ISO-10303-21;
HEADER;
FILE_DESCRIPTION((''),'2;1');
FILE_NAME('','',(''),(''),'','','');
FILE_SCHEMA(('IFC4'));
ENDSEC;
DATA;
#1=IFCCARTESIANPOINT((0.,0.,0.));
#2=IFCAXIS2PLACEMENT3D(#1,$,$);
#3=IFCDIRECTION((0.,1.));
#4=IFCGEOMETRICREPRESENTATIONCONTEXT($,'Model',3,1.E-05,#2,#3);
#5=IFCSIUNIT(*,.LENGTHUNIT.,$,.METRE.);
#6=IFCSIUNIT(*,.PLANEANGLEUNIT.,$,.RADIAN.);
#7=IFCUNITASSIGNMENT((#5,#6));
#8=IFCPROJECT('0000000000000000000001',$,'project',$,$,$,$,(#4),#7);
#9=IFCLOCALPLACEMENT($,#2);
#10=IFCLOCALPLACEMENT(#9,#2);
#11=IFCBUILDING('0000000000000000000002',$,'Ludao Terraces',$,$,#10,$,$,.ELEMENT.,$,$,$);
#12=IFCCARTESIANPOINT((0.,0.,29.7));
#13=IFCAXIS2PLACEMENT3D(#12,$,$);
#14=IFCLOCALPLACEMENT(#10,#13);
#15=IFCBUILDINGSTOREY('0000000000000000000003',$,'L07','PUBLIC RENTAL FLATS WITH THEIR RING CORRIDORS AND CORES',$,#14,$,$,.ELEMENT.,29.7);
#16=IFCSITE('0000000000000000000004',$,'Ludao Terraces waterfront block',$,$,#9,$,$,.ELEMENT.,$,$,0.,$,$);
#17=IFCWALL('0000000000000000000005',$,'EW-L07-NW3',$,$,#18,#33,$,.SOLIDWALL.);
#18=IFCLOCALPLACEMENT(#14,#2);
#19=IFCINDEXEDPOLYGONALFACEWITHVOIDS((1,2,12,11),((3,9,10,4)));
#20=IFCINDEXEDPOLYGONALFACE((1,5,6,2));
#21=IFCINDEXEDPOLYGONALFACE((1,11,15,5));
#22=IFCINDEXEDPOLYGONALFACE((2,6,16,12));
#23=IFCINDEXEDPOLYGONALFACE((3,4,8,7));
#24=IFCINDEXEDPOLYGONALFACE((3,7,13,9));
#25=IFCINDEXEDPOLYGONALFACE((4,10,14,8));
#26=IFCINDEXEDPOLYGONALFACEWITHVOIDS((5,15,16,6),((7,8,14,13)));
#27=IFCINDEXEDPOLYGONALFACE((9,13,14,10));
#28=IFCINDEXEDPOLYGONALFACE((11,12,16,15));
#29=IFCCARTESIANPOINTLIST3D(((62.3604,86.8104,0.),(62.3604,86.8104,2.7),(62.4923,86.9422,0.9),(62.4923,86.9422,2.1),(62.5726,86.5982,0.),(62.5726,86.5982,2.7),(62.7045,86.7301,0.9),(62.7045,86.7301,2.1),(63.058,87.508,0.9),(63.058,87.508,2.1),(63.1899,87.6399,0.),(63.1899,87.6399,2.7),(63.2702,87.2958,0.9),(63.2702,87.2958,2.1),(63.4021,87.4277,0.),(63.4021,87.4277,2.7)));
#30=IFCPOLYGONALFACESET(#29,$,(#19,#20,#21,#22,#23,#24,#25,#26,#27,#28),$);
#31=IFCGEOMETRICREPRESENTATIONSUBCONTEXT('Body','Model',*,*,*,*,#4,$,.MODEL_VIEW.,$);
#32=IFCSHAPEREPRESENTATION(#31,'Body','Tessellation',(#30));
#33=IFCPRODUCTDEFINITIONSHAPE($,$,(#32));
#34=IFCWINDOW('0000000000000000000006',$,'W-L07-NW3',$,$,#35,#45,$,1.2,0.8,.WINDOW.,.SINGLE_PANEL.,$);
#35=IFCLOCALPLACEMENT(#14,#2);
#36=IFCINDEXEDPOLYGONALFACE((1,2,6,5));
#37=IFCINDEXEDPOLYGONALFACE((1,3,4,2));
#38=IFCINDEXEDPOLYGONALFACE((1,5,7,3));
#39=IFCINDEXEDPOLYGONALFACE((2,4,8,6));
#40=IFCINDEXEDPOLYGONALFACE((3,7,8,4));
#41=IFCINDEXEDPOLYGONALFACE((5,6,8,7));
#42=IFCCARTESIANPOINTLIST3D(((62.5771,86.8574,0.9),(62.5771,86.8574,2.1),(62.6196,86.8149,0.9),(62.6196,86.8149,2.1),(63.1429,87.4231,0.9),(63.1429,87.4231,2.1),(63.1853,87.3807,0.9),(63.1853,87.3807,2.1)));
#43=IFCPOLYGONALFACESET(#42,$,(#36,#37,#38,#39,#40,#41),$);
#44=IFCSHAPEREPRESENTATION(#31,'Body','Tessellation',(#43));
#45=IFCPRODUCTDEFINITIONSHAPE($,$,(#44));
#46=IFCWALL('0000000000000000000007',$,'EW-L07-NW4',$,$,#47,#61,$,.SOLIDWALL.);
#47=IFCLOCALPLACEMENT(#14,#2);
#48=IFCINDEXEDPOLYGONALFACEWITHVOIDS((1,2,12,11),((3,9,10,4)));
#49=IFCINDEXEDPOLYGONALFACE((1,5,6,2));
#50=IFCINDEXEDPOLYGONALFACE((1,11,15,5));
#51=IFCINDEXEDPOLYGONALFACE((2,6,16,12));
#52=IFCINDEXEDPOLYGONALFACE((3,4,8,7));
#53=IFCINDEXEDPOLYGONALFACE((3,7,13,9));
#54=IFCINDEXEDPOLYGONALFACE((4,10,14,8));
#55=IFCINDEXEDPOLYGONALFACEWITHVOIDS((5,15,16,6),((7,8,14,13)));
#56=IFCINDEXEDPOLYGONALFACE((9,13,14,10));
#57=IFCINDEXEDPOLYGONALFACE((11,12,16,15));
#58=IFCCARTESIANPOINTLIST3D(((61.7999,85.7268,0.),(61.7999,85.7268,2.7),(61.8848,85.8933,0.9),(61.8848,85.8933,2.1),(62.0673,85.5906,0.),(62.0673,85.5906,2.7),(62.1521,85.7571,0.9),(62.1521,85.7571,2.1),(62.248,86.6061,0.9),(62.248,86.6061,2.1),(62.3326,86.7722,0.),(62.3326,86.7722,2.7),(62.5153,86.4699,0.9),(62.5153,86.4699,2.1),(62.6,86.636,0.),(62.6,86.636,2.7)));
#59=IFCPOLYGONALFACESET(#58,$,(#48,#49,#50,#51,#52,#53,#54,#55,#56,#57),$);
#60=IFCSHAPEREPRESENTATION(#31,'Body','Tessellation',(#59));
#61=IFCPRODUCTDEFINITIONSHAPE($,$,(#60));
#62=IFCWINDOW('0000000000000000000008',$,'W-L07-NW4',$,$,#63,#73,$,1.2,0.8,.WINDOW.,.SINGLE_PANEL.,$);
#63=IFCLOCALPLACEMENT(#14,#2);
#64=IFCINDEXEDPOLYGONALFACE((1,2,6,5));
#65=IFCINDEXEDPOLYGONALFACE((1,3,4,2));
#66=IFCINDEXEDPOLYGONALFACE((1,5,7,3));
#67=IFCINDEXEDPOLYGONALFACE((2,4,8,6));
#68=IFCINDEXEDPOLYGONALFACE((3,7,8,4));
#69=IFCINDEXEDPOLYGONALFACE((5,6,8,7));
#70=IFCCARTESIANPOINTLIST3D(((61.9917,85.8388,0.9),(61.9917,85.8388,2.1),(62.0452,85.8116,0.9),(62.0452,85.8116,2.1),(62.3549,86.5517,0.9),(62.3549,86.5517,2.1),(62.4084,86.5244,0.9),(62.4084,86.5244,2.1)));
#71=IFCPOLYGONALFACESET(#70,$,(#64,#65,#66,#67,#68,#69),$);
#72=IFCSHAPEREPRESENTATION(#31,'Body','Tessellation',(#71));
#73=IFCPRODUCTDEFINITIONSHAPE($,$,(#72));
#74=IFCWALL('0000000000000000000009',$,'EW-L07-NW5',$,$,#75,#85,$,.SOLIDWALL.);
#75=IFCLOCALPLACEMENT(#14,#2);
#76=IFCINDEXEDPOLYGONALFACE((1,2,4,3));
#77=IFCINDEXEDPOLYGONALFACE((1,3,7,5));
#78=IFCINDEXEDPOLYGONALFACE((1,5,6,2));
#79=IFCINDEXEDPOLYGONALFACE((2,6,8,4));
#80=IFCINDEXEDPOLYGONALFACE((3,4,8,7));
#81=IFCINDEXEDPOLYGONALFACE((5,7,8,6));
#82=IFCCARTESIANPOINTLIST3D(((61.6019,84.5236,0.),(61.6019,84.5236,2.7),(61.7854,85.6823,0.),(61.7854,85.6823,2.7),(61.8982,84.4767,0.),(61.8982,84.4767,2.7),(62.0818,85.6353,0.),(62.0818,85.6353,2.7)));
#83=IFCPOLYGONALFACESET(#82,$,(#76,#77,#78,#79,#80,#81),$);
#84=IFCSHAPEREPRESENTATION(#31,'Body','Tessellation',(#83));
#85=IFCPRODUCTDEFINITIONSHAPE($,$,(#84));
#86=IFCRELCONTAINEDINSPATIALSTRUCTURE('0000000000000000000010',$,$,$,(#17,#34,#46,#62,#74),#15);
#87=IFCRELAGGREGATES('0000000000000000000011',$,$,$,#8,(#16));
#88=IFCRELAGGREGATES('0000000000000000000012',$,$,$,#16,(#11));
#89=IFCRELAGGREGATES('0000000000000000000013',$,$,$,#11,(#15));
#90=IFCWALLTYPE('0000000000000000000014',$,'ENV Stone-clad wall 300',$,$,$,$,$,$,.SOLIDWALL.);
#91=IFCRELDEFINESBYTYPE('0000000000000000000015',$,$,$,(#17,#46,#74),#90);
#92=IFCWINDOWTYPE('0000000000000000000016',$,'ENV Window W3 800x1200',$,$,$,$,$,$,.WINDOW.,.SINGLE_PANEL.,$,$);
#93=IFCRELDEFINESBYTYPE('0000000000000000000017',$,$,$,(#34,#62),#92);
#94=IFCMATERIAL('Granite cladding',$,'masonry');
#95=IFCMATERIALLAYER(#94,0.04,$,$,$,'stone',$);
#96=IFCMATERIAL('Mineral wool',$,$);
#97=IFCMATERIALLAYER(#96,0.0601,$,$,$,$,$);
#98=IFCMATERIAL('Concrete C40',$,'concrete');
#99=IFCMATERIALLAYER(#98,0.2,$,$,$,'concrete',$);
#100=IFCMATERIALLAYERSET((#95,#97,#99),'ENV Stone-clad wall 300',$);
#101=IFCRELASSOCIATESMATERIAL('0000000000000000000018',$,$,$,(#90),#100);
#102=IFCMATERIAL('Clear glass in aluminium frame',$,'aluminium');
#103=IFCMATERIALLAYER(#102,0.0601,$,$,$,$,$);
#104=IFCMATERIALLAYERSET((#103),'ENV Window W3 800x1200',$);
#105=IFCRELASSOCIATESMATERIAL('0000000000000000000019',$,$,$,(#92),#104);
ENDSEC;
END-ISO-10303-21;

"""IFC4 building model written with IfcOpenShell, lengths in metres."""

from ifc_helpers import new_model, si_unit, direction, frame, frame_2d, origin, place, context, subcontext, project, spatial, rectangle, extrude, material, layer, layer_set, type_object, element, fill, save


model = new_model("IFC4")

# Units and contexts
model_context = context("Model", 3, precision=1e-05, world=origin(), true_north=direction((0.0, 1.0)))
body_context = subcontext(model_context, "Body", "Model", "MODEL_VIEW")
ifc_project = project(units=[si_unit("LENGTHUNIT", "METRE"), si_unit("PLANEANGLEUNIT", "RADIAN")], contexts=[model_context])

# Site, building, storey
site_placement = place(None, origin())
site = spatial("IfcSite", under=ifc_project, at=site_placement, Name="Ludao Terraces waterfront block", CompositionType="ELEMENT", RefElevation=0.0)
building_placement = place(site_placement, origin())
building = spatial("IfcBuilding", under=site, at=building_placement, Name="Ludao Terraces", CompositionType="ELEMENT")
storey_placement = place(building_placement, frame((0.0, 0.0, 29.7)))
storey = spatial("IfcBuildingStorey", under=building, at=storey_placement, Name="L07", Description="PUBLIC RENTAL FLATS WITH THEIR RING CORRIDORS AND CORES", CompositionType="ELEMENT", Elevation=29.7)

# Shared definitions
ifc_material_1 = material(Name="Concrete C40", Category="concrete")

# Shared definitions
ifc_material_2 = material(Name="Granite cladding", Category="masonry")
ifc_layer_1 = layer(ifc_material_2, 0.04, Category="stone")
ifc_material_3 = material(Name="Mineral wool")
ifc_layer_2 = layer(ifc_material_3, 0.0601)
ifc_layer_3 = layer(ifc_material_1, 0.2, Category="concrete")
ifc_layer_set_1 = layer_set([ifc_layer_1, ifc_layer_2, ifc_layer_3], Name="ENV Stone-clad wall 300")
wall_type_1 = type_object("IfcWallType", Name="ENV Stone-clad wall 300", PredefinedType="SOLIDWALL", material=ifc_layer_set_1)
ifc_material_4 = material(Name="Clear glass in aluminium frame", Category="aluminium")

# Walls, openings, windows
ifc_layer_4 = layer(ifc_material_4, 0.0601)
ifc_layer_set_2 = layer_set([ifc_layer_4], Name="ENV Window W3 800x1200")
window_type_1 = type_object("IfcWindowType", Name="ENV Window W3 800x1200", PartitioningType="SINGLE_PANEL", PredefinedType="WINDOW", material=ifc_layer_set_2)
wall_1_placement = place(storey_placement, frame((63.2959, 87.5337, 0.0), z_axis=(0.0, 0.0, 1.0), x_axis=(-0.707107, -0.707107, 0.0)))
wall_1 = element("IfcWall", 1, at=wall_1_placement, inside=storey, type_object=wall_type_1, Name="EW-L07-NW3", PredefinedType="SOLIDWALL", context=body_context, shape_type="SweptSolid", body=[
    extrude(rectangle(XDim=1.1731, YDim=0.3, at=frame_2d((0.5864, 0.0))), origin(), (0.0, 0.0, 1.0), 2.7),
])
opening_1_placement = place(wall_1_placement, frame((0.1865, 0.0, 0.8999)))
opening_1 = element("IfcOpeningElement", 2, at=opening_1_placement, cuts=wall_1, PredefinedType="OPENING", context=body_context, shape_type="SweptSolid", body=[
    extrude(rectangle(XDim=0.8, YDim=1.2, at=frame_2d((0.3999, 0.6001))), frame((0.0, 0.1602, 0.0), z_axis=(0.0, -1.0, 0.0), x_axis=(1.0, 0.0, 0.0)), (0.0, 0.0, 1.0), 0.3201),
])
window_1_placement = place(opening_1_placement, origin())
window_1 = element("IfcWindow", 3, at=window_1_placement, inside=storey, type_object=window_type_1, Name="W-L07-NW3", OverallHeight=1.2, OverallWidth=0.8, PartitioningType="SINGLE_PANEL", PredefinedType="WINDOW", context=body_context, shape_type="SweptSolid", body=[
    extrude(rectangle(XDim=0.8, YDim=1.2, at=frame_2d((0.3999, 0.6001))), frame((0.0, 0.03, 0.0), z_axis=(0.0, -1.0, 0.0), x_axis=(1.0, 0.0, 0.0)), (0.0, 0.0, 1.0), 0.0601),
])
fill(opening_1, window_1)
wall_2_placement = place(storey_placement, frame((62.4663, 86.7041, 0.0), z_axis=(0.0, 0.0, 1.0), x_axis=(-0.454026, -0.890989, 0.0)))
wall_2 = element("IfcWall", 4, at=wall_2_placement, inside=storey, type_object=wall_type_1, Name="EW-L07-NW4", PredefinedType="SOLIDWALL", context=body_context, shape_type="SweptSolid", body=[
    extrude(rectangle(XDim=1.1733, YDim=0.3, at=frame_2d((0.5867, 0.0))), origin(), (0.0, 0.0, 1.0), 2.7),
])
opening_2_placement = place(wall_2_placement, frame((0.1865, 0.0, 0.8999)))
opening_2 = element("IfcOpeningElement", 5, at=opening_2_placement, cuts=wall_2, PredefinedType="OPENING", context=body_context, shape_type="SweptSolid", body=[
    extrude(rectangle(XDim=0.8, YDim=1.2, at=frame_2d((0.3999, 0.6001))), frame((0.0, 0.1602, 0.0), z_axis=(0.0, -1.0, 0.0), x_axis=(1.0, 0.0, 0.0)), (0.0, 0.0, 1.0), 0.3201),
])
window_2_placement = place(opening_2_placement, origin())
window_2 = element("IfcWindow", 6, at=window_2_placement, inside=storey, type_object=window_type_1, Name="W-L07-NW4", OverallHeight=1.2, OverallWidth=0.8, PartitioningType="SINGLE_PANEL", PredefinedType="WINDOW", context=body_context, shape_type="SweptSolid", body=[
    extrude(rectangle(XDim=0.8, YDim=1.2, at=frame_2d((0.3999, 0.6001))), frame((0.0, 0.03, 0.0), z_axis=(0.0, -1.0, 0.0), x_axis=(1.0, 0.0, 0.0)), (0.0, 0.0, 1.0), 0.0601),
])
fill(opening_2, window_2)

# Wall
wall_3_placement = place(storey_placement, frame((61.9336, 85.6587, 0.0), z_axis=(0.0, 0.0, 1.0), x_axis=(-0.156497, -0.987678, 0.0)))
element("IfcWall", 7, at=wall_3_placement, inside=storey, type_object=wall_type_1, Name="EW-L07-NW5", PredefinedType="SOLIDWALL", context=body_context, shape_type="SweptSolid", body=[
    extrude(rectangle(XDim=1.1731, YDim=0.3, at=frame_2d((0.5864, 0.0))), origin(), (0.0, 0.0, 1.0), 2.7),
])

save(model, "model.ifc")
